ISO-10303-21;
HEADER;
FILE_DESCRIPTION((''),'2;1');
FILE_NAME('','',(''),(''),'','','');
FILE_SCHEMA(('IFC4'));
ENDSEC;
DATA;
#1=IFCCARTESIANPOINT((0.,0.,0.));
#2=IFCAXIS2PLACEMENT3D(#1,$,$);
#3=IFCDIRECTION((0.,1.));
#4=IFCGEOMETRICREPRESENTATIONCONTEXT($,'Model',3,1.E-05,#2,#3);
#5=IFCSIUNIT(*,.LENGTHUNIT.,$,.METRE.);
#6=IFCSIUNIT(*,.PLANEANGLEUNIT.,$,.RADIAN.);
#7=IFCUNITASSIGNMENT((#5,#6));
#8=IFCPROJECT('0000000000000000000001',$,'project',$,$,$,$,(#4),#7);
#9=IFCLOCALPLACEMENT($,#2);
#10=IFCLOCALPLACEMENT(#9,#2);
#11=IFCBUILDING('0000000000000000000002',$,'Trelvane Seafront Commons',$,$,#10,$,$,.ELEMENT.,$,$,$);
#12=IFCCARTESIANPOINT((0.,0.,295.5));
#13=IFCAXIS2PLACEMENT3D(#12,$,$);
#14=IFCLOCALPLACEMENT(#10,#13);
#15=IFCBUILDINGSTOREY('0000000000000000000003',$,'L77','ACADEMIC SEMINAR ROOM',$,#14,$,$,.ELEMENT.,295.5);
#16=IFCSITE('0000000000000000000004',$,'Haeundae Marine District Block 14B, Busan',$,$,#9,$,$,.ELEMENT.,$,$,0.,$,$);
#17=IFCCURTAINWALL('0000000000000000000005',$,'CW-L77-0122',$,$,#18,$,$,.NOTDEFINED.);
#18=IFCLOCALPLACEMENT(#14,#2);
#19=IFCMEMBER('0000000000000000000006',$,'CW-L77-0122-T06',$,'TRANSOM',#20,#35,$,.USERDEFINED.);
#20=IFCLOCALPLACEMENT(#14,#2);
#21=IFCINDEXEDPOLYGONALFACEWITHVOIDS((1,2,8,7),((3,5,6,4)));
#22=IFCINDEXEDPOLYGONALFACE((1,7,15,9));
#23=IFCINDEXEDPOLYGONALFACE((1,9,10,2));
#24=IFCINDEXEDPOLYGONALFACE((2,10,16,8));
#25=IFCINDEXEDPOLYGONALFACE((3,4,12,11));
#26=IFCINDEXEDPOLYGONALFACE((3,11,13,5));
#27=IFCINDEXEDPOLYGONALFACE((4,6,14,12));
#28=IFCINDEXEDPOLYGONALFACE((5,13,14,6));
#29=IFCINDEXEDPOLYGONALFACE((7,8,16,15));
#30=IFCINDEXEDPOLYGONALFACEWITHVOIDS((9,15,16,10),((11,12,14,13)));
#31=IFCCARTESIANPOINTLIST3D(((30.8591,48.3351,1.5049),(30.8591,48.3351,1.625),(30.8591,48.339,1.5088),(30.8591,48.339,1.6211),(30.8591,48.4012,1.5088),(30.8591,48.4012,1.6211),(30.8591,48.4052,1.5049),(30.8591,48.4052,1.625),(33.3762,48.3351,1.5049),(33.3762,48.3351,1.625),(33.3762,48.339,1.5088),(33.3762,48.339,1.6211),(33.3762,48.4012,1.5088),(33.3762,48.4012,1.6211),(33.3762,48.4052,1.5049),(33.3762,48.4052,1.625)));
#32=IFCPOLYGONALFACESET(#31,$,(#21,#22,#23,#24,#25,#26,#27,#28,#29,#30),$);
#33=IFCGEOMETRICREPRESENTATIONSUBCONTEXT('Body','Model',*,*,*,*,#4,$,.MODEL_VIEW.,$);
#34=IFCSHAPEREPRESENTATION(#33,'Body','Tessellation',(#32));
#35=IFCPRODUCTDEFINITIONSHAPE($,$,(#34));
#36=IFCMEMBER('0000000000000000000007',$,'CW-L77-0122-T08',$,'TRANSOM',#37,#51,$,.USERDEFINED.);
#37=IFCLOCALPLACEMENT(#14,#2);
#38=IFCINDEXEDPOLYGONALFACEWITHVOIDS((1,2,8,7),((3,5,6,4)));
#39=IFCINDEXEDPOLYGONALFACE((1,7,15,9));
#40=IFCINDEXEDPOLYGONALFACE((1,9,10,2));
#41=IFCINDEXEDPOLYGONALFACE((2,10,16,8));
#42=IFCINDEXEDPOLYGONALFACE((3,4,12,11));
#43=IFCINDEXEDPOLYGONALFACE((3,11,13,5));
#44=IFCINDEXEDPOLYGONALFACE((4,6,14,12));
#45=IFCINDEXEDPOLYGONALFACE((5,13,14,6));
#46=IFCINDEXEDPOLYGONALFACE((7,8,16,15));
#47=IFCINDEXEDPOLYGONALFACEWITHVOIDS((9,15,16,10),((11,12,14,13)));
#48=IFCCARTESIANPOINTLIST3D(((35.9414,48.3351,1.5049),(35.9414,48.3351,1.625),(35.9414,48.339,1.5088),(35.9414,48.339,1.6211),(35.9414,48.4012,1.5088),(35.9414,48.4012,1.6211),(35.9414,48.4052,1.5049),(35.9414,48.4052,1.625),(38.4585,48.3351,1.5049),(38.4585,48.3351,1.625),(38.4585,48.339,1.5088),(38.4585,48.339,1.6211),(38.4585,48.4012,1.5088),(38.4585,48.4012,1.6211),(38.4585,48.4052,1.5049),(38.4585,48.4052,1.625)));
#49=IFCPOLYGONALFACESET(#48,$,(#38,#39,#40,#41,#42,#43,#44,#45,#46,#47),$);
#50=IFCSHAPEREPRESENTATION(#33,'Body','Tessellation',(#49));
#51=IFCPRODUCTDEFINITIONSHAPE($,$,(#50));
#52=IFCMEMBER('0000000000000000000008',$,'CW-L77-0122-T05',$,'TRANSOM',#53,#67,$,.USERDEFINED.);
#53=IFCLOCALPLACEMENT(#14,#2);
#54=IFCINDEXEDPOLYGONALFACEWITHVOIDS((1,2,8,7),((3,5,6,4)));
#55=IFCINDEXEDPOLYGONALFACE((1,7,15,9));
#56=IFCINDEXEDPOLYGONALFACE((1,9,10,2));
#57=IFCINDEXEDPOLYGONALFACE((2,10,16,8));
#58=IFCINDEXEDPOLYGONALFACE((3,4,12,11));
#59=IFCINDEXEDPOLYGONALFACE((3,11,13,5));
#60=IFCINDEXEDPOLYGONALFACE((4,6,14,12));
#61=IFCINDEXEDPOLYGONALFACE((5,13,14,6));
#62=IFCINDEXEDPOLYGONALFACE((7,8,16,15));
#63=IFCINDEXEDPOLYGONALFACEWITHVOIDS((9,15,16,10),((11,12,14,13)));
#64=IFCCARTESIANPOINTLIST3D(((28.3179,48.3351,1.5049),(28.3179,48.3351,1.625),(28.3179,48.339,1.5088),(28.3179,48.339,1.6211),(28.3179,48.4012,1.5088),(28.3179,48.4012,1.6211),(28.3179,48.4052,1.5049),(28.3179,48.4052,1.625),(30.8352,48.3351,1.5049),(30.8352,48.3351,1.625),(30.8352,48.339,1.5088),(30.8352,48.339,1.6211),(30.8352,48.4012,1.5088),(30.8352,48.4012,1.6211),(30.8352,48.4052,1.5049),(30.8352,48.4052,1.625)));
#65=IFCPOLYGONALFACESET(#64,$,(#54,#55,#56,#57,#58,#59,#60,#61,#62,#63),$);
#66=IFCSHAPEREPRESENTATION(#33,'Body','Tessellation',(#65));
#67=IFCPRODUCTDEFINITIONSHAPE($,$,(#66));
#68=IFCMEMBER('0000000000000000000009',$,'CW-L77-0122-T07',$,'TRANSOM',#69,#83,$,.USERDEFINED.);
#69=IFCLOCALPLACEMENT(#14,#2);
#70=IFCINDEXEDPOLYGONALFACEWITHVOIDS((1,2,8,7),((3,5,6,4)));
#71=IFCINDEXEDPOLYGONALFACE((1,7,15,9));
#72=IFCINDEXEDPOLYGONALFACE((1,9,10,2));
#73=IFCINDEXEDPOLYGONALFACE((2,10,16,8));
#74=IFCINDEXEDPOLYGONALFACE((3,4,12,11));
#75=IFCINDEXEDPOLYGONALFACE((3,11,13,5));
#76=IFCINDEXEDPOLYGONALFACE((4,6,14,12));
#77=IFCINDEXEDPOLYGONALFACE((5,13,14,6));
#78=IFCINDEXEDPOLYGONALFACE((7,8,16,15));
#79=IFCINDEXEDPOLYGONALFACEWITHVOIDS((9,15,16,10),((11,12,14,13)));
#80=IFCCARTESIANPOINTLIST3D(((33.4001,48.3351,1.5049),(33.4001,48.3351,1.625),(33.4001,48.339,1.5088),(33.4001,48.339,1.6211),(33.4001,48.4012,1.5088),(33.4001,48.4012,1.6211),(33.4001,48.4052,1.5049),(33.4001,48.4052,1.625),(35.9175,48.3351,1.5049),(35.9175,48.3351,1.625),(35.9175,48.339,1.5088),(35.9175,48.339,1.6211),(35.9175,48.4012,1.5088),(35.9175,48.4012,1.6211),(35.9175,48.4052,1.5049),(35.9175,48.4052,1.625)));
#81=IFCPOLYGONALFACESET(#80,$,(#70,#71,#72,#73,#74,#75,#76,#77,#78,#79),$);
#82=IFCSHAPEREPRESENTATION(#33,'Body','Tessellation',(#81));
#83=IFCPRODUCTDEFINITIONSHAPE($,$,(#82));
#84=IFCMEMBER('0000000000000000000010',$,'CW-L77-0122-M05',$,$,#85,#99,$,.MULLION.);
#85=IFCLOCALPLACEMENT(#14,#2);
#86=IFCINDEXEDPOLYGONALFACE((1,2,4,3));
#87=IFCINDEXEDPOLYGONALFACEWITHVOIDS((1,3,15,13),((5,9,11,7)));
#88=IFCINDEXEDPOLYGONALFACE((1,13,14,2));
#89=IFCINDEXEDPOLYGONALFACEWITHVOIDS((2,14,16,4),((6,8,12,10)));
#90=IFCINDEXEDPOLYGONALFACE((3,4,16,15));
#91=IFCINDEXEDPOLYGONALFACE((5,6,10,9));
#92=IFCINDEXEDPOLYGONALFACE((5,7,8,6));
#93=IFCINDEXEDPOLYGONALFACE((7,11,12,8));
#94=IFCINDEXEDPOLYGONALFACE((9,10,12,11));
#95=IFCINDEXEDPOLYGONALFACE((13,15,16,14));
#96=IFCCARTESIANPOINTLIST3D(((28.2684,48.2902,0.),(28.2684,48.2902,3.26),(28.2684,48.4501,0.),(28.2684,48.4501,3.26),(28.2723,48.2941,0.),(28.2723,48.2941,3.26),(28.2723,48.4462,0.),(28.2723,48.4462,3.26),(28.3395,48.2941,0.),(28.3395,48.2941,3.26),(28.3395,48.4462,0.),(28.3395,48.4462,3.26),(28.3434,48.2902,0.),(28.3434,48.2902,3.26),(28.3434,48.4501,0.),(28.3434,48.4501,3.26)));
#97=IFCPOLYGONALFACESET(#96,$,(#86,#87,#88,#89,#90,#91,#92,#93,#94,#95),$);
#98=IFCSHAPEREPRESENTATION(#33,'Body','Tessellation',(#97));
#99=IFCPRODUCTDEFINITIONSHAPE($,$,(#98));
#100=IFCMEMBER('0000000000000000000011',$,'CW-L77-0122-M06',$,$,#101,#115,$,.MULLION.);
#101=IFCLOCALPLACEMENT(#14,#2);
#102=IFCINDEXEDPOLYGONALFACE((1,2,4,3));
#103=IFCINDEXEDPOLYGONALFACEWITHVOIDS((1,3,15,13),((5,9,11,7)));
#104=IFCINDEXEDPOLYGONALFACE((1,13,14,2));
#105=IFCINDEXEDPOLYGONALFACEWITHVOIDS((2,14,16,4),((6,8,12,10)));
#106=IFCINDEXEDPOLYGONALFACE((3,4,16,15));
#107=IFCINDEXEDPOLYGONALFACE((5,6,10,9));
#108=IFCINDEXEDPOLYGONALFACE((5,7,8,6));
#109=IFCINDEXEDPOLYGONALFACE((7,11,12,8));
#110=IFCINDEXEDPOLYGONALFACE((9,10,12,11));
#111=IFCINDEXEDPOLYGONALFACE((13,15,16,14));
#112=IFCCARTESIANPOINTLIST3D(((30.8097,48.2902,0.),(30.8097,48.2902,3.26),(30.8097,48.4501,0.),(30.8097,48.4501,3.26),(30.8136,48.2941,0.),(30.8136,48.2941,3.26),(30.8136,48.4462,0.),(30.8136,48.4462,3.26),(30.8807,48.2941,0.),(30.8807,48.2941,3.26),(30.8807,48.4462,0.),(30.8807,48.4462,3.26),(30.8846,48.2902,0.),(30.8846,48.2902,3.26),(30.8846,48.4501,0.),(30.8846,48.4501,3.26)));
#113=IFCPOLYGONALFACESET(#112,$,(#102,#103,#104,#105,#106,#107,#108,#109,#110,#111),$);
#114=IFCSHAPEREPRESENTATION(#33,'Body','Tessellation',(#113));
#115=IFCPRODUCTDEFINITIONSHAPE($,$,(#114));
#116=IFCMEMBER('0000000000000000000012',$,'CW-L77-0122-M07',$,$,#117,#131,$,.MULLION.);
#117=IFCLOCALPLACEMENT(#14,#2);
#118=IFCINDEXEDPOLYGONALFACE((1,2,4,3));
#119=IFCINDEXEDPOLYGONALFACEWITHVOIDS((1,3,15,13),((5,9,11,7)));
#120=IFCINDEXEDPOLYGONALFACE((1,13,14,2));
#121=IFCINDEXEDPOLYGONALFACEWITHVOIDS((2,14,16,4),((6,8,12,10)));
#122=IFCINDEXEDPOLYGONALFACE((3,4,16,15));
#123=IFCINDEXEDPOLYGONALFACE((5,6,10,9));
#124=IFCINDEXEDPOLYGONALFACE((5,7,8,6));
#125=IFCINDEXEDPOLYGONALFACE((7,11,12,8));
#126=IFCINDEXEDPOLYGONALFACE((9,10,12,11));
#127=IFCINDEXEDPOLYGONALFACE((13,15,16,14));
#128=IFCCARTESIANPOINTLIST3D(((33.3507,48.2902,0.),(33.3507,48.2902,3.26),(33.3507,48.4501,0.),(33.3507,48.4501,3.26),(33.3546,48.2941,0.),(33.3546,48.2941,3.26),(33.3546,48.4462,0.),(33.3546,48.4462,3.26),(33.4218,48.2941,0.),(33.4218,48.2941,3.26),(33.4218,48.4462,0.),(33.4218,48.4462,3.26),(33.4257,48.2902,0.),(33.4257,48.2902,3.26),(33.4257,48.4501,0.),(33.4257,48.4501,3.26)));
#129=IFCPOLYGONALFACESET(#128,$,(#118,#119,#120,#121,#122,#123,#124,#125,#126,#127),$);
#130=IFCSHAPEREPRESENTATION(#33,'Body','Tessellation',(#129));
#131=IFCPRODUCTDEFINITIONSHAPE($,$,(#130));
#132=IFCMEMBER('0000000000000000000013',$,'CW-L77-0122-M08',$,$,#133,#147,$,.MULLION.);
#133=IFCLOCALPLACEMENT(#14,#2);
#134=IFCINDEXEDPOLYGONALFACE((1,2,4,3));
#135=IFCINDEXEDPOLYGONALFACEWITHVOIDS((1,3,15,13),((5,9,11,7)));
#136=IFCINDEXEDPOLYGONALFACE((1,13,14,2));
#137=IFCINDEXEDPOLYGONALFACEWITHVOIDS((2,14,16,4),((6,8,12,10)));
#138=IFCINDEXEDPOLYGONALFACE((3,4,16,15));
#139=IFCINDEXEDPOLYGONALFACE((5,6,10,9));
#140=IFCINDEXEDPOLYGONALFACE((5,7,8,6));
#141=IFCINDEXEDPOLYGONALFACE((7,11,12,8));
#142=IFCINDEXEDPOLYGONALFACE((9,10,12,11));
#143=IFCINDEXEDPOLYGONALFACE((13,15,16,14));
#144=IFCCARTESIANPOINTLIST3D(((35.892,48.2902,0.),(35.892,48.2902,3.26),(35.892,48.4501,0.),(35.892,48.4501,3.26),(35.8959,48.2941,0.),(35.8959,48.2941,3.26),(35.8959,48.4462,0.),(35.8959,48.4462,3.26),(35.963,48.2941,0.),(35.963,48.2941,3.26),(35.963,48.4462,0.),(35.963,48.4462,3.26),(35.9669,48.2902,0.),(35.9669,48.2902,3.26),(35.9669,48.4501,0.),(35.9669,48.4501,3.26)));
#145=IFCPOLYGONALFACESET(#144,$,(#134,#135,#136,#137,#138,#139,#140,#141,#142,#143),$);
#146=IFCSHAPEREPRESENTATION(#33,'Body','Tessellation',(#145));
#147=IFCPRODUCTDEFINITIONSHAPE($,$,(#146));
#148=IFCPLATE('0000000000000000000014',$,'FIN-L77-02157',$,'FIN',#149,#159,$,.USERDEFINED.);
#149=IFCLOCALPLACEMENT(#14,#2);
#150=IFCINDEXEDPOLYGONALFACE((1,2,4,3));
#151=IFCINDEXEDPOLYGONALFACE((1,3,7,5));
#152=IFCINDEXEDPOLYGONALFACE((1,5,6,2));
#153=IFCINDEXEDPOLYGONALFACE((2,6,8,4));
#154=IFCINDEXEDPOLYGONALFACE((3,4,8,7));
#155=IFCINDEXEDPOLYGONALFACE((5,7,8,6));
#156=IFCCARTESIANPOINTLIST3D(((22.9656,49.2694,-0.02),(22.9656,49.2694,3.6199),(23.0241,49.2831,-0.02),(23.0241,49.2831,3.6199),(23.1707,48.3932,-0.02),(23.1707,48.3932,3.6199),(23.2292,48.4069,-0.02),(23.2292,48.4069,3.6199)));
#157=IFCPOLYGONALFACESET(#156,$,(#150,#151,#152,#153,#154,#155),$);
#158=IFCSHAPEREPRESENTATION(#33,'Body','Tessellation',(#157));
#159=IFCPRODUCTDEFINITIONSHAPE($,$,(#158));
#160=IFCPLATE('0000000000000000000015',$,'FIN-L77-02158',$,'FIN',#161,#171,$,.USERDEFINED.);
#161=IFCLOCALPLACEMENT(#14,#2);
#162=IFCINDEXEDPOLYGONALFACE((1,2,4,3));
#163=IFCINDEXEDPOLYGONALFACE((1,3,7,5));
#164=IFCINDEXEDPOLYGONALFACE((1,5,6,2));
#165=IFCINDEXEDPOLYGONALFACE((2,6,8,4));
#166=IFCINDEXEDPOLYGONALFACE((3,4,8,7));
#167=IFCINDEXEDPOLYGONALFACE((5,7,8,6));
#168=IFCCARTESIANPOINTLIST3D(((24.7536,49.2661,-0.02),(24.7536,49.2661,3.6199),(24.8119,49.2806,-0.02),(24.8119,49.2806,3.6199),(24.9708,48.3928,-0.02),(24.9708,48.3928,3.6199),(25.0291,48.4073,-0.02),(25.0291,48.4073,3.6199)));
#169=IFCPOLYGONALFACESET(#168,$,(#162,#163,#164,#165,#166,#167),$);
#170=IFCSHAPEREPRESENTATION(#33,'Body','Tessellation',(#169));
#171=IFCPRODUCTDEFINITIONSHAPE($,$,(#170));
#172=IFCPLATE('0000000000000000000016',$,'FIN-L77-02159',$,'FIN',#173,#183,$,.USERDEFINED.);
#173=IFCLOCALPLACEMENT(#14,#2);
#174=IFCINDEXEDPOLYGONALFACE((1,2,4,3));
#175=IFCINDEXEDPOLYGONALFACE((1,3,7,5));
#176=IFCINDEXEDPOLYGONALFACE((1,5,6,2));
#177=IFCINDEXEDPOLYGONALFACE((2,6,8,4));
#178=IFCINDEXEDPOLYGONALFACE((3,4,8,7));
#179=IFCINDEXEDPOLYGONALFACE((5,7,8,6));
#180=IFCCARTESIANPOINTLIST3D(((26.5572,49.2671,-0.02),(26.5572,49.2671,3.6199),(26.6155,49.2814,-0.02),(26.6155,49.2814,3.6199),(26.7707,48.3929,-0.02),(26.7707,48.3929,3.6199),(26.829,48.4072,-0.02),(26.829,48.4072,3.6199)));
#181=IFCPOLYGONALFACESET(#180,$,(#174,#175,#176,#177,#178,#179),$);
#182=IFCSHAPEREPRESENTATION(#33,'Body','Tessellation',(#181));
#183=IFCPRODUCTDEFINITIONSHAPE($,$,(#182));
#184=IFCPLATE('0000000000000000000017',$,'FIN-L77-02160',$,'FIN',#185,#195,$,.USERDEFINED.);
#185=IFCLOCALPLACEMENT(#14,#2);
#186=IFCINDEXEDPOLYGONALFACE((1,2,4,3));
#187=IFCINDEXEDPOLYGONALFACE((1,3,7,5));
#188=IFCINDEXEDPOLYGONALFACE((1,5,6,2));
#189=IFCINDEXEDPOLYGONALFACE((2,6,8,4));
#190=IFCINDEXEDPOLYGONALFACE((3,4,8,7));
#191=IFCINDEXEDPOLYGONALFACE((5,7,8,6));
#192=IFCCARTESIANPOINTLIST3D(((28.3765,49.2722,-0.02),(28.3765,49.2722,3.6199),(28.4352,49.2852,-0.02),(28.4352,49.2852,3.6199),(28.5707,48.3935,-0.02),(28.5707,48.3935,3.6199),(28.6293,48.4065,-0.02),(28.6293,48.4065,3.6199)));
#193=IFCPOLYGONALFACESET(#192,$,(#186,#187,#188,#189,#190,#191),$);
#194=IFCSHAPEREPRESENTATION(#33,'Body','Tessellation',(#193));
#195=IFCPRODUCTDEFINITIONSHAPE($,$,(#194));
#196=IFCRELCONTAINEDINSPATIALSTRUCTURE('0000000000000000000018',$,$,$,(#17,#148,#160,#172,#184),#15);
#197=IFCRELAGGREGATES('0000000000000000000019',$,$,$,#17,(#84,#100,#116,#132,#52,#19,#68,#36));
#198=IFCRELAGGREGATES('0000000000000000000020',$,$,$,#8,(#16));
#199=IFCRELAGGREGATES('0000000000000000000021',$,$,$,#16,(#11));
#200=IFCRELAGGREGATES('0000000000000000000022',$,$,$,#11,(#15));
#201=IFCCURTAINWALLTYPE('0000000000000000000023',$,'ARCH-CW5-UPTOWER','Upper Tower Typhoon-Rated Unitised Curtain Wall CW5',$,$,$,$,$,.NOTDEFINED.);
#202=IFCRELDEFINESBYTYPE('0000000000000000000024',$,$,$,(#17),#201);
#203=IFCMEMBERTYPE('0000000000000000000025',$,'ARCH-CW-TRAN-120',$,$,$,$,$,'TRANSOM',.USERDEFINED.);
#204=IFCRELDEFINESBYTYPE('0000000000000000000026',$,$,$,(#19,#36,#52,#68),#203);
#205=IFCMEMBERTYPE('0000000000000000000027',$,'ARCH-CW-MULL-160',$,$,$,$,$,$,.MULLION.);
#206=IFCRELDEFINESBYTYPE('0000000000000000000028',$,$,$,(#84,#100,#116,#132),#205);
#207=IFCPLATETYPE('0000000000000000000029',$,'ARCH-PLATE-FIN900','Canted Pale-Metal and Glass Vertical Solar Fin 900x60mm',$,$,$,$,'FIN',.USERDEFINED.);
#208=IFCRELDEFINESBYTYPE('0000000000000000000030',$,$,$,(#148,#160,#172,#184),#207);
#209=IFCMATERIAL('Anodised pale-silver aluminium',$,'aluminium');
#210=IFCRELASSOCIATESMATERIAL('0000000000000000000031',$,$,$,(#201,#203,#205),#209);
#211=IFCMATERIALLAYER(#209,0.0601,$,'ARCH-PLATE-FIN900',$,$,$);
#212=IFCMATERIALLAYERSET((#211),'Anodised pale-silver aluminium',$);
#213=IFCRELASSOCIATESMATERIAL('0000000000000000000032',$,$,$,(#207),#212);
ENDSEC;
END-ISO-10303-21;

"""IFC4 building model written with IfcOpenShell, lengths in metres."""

from ifc_helpers import new_model, si_unit, direction, frame, origin, origin_2d, place, context, subcontext, project, spatial, rectangle, hollow_rectangle, extrude, source, transform, mapped, material, layer, layer_set, material_profile, profile_set, type_object, element, aggregate, save


model = new_model("IFC4")

# Units and contexts
model_context = context("Model", 3, precision=1e-05, world=origin(), true_north=direction((0.0, 1.0)))
body_context = subcontext(model_context, "Body", "Model", "MODEL_VIEW")
ifc_project = project(units=[si_unit("LENGTHUNIT", "METRE"), si_unit("PLANEANGLEUNIT", "RADIAN")], contexts=[model_context])

# Site, building, storey
site_placement = place(None, origin())
site = spatial("IfcSite", under=ifc_project, at=site_placement, Name="Haeundae Marine District Block 14B, Busan", CompositionType="ELEMENT", RefElevation=0.0)
building_placement = place(site_placement, origin())
building = spatial("IfcBuilding", under=site, at=building_placement, Name="Trelvane Seafront Commons", CompositionType="ELEMENT")
storey_placement = place(building_placement, frame((0.0, 0.0, 295.5)))
storey = spatial("IfcBuildingStorey", under=building, at=storey_placement, Name="L77", Description="ACADEMIC SEMINAR ROOM", CompositionType="ELEMENT", Elevation=295.5)

# Curtain wall, members
ifc_material_1 = material(Name="Anodised pale-silver aluminium", Category="aluminium")
curtain_wall_type = type_object("IfcCurtainWallType", Name="ARCH-CW5-UPTOWER", Description="Upper Tower Typhoon-Rated Unitised Curtain Wall CW5", PredefinedType="NOTDEFINED", material=ifc_material_1)
curtain_wall_placement = place(storey_placement, origin())
curtain_wall = element("IfcCurtainWall", 1, at=curtain_wall_placement, inside=storey, type_object=curtain_wall_type, Name="CW-L77-0122", PredefinedType="NOTDEFINED")
ifc_material_profile_1 = material_profile(ifc_material_1, hollow_rectangle(XDim=0.0701, YDim=0.1201, WallThickness=0.0039, at=origin_2d()), Name="TRAN-70x120x4")
ifc_profile_set_1 = profile_set([ifc_material_profile_1], Name="Anodised pale-silver aluminium")
member_type_1 = type_object("IfcMemberType", Name="ARCH-CW-TRAN-120", ElementType="TRANSOM", PredefinedType="USERDEFINED", material=ifc_profile_set_1)
shared_shape_1 = source(origin(), body_context, "Body", "SweptSolid", [
    extrude(hollow_rectangle(XDim=0.0701, YDim=0.1201, WallThickness=0.0039, at=origin_2d()), origin(), (0.0, 0.0, 1.0), 2.5171),
])
member_1_placement = place(storey_placement, frame((30.8591, 48.3701, 1.5649), z_axis=(1.0, 0.0, 0.0), x_axis=(0.0, 1.0, 0.0)))
member_1 = element("IfcMember", 2, at=member_1_placement, type_object=member_type_1, Name="CW-L77-0122-T06", ObjectType="TRANSOM", PredefinedType="USERDEFINED", context=body_context, shape_type="MappedRepresentation", body=[
    mapped(shared_shape_1, transform((0.0, 0.0, 0.0), x_axis=(1.0, 0.0, 0.0), y_axis=(0.0, 1.0, 0.0), z_axis=(0.0, 0.0, 1.0), scale=1.0)),
])
member_2_placement = place(storey_placement, frame((35.9414, 48.3701, 1.5649), z_axis=(1.0, 0.0, 0.0), x_axis=(0.0, 1.0, 0.0)))
member_2 = element("IfcMember", 3, at=member_2_placement, type_object=member_type_1, Name="CW-L77-0122-T08", ObjectType="TRANSOM", PredefinedType="USERDEFINED", context=body_context, shape_type="MappedRepresentation", body=[
    mapped(shared_shape_1, transform((0.0, 0.0, 0.0), x_axis=(1.0, 0.0, 0.0), y_axis=(0.0, 1.0, 0.0), z_axis=(0.0, 0.0, 1.0), scale=1.0)),
])
shared_shape_2 = source(origin(), body_context, "Body", "SweptSolid", [
    extrude(hollow_rectangle(XDim=0.0701, YDim=0.1201, WallThickness=0.0039, at=origin_2d()), origin(), (0.0, 0.0, 1.0), 2.5173),
])
member_3_placement = place(storey_placement, frame((28.3179, 48.3701, 1.5649), z_axis=(1.0, 0.0, 0.0), x_axis=(0.0, 1.0, 0.0)))
member_3 = element("IfcMember", 4, at=member_3_placement, type_object=member_type_1, Name="CW-L77-0122-T05", ObjectType="TRANSOM", PredefinedType="USERDEFINED", context=body_context, shape_type="MappedRepresentation", body=[
    mapped(shared_shape_2, transform((0.0, 0.0, 0.0), x_axis=(1.0, 0.0, 0.0), y_axis=(0.0, 1.0, 0.0), z_axis=(0.0, 0.0, 1.0), scale=1.0)),
])
member_4_placement = place(storey_placement, frame((33.4001, 48.3701, 1.5649), z_axis=(1.0, 0.0, 0.0), x_axis=(0.0, 1.0, 0.0)))
member_4 = element("IfcMember", 5, at=member_4_placement, type_object=member_type_1, Name="CW-L77-0122-T07", ObjectType="TRANSOM", PredefinedType="USERDEFINED", context=body_context, shape_type="MappedRepresentation", body=[
    mapped(shared_shape_2, transform((0.0, 0.0, 0.0), x_axis=(1.0, 0.0, 0.0), y_axis=(0.0, 1.0, 0.0), z_axis=(0.0, 0.0, 1.0), scale=1.0)),
])
ifc_material_profile_2 = material_profile(ifc_material_1, hollow_rectangle(XDim=0.075, YDim=0.1599, WallThickness=0.0039, at=origin_2d()), Name="MULL-75x160x4")
ifc_profile_set_2 = profile_set([ifc_material_profile_2], Name="Anodised pale-silver aluminium")
member_type_2 = type_object("IfcMemberType", Name="ARCH-CW-MULL-160", PredefinedType="MULLION", material=ifc_profile_set_2)
shared_shape_3 = source(origin(), body_context, "Body", "SweptSolid", [
    extrude(hollow_rectangle(XDim=0.075, YDim=0.1599, WallThickness=0.0039, at=origin_2d()), origin(), (0.0, 0.0, 1.0), 3.26),
])
member_5_placement = place(storey_placement, frame((28.3059, 48.3701, 0.0), z_axis=(0.0, 0.0, 1.0), x_axis=(1.0, 0.0, 0.0)))
member_5 = element("IfcMember", 6, at=member_5_placement, type_object=member_type_2, Name="CW-L77-0122-M05", PredefinedType="MULLION", context=body_context, shape_type="MappedRepresentation", body=[
    mapped(shared_shape_3, transform((0.0, 0.0, 0.0), x_axis=(1.0, 0.0, 0.0), y_axis=(0.0, 1.0, 0.0), z_axis=(0.0, 0.0, 1.0), scale=1.0)),
])
member_6_placement = place(storey_placement, frame((30.8472, 48.3701, 0.0), z_axis=(0.0, 0.0, 1.0), x_axis=(1.0, 0.0, 0.0)))
member_6 = element("IfcMember", 7, at=member_6_placement, type_object=member_type_2, Name="CW-L77-0122-M06", PredefinedType="MULLION", context=body_context, shape_type="MappedRepresentation", body=[
    mapped(shared_shape_3, transform((0.0, 0.0, 0.0), x_axis=(1.0, 0.0, 0.0), y_axis=(0.0, 1.0, 0.0), z_axis=(0.0, 0.0, 1.0), scale=1.0)),
])
member_7_placement = place(storey_placement, frame((33.3882, 48.3701, 0.0), z_axis=(0.0, 0.0, 1.0), x_axis=(1.0, 0.0, 0.0)))
member_7 = element("IfcMember", 8, at=member_7_placement, type_object=member_type_2, Name="CW-L77-0122-M07", PredefinedType="MULLION", context=body_context, shape_type="MappedRepresentation", body=[
    mapped(shared_shape_3, transform((0.0, 0.0, 0.0), x_axis=(1.0, 0.0, 0.0), y_axis=(0.0, 1.0, 0.0), z_axis=(0.0, 0.0, 1.0), scale=1.0)),
])
member_8_placement = place(storey_placement, frame((35.9294, 48.3701, 0.0), z_axis=(0.0, 0.0, 1.0), x_axis=(1.0, 0.0, 0.0)))
member_8 = element("IfcMember", 9, at=member_8_placement, type_object=member_type_2, Name="CW-L77-0122-M08", PredefinedType="MULLION", context=body_context, shape_type="MappedRepresentation", body=[
    mapped(shared_shape_3, transform((0.0, 0.0, 0.0), x_axis=(1.0, 0.0, 0.0), y_axis=(0.0, 1.0, 0.0), z_axis=(0.0, 0.0, 1.0), scale=1.0)),
])

# Plates
ifc_layer_1 = layer(ifc_material_1, 0.0601, Name="ARCH-PLATE-FIN900")
ifc_layer_set_1 = layer_set([ifc_layer_1], Name="Anodised pale-silver aluminium")
plate_type_1 = type_object("IfcPlateType", Name="ARCH-PLATE-FIN900", Description="Canted Pale-Metal and Glass Vertical Solar Fin 900x60mm", ElementType="FIN", PredefinedType="USERDEFINED", material=ifc_layer_set_1)
shared_shape_4 = source(origin(), body_context, "Body", "SweptSolid", [
    extrude(rectangle(XDim=0.8999, YDim=0.0601, at=origin_2d()), origin(), (0.0, 0.0, 1.0), 3.6399),
])
for number, where, z_axis, x_axis, name in (
    (10, (23.0974, 48.8381, -0.02), (0.0, 0.0, 1.0), (-0.227894, 0.973686, 0.0), "FIN-L77-02157"),
    (11, (24.8914, 48.8367, -0.02), (0.0, 0.0, 1.0), (-0.241333, 0.970442, 0.0), "FIN-L77-02158"),
    (12, (26.6931, 48.8372, -0.02), (0.0, 0.0, 1.0), (-0.237225, 0.971455, 0.0), "FIN-L77-02159"),
    (13, (28.5029, 48.8394, -0.02), (0.0, 0.0, 1.0), (-0.215777, 0.976443, 0.0), "FIN-L77-02160"),
):
    element("IfcPlate", number, at=place(storey_placement, frame(where, z_axis=z_axis, x_axis=x_axis)), inside=storey, type_object=plate_type_1, Name=name, ObjectType="FIN", PredefinedType="USERDEFINED", context=body_context, shape_type="MappedRepresentation", body=[
        mapped(shared_shape_4, transform((0.0, 0.0, 0.0), x_axis=(1.0, 0.0, 0.0), y_axis=(0.0, 1.0, 0.0), z_axis=(0.0, 0.0, 1.0), scale=1.0)),
    ])

aggregate(curtain_wall, [member_5, member_6, member_7, member_8, member_3, member_1, member_4, member_2])

save(model, "model.ifc")
